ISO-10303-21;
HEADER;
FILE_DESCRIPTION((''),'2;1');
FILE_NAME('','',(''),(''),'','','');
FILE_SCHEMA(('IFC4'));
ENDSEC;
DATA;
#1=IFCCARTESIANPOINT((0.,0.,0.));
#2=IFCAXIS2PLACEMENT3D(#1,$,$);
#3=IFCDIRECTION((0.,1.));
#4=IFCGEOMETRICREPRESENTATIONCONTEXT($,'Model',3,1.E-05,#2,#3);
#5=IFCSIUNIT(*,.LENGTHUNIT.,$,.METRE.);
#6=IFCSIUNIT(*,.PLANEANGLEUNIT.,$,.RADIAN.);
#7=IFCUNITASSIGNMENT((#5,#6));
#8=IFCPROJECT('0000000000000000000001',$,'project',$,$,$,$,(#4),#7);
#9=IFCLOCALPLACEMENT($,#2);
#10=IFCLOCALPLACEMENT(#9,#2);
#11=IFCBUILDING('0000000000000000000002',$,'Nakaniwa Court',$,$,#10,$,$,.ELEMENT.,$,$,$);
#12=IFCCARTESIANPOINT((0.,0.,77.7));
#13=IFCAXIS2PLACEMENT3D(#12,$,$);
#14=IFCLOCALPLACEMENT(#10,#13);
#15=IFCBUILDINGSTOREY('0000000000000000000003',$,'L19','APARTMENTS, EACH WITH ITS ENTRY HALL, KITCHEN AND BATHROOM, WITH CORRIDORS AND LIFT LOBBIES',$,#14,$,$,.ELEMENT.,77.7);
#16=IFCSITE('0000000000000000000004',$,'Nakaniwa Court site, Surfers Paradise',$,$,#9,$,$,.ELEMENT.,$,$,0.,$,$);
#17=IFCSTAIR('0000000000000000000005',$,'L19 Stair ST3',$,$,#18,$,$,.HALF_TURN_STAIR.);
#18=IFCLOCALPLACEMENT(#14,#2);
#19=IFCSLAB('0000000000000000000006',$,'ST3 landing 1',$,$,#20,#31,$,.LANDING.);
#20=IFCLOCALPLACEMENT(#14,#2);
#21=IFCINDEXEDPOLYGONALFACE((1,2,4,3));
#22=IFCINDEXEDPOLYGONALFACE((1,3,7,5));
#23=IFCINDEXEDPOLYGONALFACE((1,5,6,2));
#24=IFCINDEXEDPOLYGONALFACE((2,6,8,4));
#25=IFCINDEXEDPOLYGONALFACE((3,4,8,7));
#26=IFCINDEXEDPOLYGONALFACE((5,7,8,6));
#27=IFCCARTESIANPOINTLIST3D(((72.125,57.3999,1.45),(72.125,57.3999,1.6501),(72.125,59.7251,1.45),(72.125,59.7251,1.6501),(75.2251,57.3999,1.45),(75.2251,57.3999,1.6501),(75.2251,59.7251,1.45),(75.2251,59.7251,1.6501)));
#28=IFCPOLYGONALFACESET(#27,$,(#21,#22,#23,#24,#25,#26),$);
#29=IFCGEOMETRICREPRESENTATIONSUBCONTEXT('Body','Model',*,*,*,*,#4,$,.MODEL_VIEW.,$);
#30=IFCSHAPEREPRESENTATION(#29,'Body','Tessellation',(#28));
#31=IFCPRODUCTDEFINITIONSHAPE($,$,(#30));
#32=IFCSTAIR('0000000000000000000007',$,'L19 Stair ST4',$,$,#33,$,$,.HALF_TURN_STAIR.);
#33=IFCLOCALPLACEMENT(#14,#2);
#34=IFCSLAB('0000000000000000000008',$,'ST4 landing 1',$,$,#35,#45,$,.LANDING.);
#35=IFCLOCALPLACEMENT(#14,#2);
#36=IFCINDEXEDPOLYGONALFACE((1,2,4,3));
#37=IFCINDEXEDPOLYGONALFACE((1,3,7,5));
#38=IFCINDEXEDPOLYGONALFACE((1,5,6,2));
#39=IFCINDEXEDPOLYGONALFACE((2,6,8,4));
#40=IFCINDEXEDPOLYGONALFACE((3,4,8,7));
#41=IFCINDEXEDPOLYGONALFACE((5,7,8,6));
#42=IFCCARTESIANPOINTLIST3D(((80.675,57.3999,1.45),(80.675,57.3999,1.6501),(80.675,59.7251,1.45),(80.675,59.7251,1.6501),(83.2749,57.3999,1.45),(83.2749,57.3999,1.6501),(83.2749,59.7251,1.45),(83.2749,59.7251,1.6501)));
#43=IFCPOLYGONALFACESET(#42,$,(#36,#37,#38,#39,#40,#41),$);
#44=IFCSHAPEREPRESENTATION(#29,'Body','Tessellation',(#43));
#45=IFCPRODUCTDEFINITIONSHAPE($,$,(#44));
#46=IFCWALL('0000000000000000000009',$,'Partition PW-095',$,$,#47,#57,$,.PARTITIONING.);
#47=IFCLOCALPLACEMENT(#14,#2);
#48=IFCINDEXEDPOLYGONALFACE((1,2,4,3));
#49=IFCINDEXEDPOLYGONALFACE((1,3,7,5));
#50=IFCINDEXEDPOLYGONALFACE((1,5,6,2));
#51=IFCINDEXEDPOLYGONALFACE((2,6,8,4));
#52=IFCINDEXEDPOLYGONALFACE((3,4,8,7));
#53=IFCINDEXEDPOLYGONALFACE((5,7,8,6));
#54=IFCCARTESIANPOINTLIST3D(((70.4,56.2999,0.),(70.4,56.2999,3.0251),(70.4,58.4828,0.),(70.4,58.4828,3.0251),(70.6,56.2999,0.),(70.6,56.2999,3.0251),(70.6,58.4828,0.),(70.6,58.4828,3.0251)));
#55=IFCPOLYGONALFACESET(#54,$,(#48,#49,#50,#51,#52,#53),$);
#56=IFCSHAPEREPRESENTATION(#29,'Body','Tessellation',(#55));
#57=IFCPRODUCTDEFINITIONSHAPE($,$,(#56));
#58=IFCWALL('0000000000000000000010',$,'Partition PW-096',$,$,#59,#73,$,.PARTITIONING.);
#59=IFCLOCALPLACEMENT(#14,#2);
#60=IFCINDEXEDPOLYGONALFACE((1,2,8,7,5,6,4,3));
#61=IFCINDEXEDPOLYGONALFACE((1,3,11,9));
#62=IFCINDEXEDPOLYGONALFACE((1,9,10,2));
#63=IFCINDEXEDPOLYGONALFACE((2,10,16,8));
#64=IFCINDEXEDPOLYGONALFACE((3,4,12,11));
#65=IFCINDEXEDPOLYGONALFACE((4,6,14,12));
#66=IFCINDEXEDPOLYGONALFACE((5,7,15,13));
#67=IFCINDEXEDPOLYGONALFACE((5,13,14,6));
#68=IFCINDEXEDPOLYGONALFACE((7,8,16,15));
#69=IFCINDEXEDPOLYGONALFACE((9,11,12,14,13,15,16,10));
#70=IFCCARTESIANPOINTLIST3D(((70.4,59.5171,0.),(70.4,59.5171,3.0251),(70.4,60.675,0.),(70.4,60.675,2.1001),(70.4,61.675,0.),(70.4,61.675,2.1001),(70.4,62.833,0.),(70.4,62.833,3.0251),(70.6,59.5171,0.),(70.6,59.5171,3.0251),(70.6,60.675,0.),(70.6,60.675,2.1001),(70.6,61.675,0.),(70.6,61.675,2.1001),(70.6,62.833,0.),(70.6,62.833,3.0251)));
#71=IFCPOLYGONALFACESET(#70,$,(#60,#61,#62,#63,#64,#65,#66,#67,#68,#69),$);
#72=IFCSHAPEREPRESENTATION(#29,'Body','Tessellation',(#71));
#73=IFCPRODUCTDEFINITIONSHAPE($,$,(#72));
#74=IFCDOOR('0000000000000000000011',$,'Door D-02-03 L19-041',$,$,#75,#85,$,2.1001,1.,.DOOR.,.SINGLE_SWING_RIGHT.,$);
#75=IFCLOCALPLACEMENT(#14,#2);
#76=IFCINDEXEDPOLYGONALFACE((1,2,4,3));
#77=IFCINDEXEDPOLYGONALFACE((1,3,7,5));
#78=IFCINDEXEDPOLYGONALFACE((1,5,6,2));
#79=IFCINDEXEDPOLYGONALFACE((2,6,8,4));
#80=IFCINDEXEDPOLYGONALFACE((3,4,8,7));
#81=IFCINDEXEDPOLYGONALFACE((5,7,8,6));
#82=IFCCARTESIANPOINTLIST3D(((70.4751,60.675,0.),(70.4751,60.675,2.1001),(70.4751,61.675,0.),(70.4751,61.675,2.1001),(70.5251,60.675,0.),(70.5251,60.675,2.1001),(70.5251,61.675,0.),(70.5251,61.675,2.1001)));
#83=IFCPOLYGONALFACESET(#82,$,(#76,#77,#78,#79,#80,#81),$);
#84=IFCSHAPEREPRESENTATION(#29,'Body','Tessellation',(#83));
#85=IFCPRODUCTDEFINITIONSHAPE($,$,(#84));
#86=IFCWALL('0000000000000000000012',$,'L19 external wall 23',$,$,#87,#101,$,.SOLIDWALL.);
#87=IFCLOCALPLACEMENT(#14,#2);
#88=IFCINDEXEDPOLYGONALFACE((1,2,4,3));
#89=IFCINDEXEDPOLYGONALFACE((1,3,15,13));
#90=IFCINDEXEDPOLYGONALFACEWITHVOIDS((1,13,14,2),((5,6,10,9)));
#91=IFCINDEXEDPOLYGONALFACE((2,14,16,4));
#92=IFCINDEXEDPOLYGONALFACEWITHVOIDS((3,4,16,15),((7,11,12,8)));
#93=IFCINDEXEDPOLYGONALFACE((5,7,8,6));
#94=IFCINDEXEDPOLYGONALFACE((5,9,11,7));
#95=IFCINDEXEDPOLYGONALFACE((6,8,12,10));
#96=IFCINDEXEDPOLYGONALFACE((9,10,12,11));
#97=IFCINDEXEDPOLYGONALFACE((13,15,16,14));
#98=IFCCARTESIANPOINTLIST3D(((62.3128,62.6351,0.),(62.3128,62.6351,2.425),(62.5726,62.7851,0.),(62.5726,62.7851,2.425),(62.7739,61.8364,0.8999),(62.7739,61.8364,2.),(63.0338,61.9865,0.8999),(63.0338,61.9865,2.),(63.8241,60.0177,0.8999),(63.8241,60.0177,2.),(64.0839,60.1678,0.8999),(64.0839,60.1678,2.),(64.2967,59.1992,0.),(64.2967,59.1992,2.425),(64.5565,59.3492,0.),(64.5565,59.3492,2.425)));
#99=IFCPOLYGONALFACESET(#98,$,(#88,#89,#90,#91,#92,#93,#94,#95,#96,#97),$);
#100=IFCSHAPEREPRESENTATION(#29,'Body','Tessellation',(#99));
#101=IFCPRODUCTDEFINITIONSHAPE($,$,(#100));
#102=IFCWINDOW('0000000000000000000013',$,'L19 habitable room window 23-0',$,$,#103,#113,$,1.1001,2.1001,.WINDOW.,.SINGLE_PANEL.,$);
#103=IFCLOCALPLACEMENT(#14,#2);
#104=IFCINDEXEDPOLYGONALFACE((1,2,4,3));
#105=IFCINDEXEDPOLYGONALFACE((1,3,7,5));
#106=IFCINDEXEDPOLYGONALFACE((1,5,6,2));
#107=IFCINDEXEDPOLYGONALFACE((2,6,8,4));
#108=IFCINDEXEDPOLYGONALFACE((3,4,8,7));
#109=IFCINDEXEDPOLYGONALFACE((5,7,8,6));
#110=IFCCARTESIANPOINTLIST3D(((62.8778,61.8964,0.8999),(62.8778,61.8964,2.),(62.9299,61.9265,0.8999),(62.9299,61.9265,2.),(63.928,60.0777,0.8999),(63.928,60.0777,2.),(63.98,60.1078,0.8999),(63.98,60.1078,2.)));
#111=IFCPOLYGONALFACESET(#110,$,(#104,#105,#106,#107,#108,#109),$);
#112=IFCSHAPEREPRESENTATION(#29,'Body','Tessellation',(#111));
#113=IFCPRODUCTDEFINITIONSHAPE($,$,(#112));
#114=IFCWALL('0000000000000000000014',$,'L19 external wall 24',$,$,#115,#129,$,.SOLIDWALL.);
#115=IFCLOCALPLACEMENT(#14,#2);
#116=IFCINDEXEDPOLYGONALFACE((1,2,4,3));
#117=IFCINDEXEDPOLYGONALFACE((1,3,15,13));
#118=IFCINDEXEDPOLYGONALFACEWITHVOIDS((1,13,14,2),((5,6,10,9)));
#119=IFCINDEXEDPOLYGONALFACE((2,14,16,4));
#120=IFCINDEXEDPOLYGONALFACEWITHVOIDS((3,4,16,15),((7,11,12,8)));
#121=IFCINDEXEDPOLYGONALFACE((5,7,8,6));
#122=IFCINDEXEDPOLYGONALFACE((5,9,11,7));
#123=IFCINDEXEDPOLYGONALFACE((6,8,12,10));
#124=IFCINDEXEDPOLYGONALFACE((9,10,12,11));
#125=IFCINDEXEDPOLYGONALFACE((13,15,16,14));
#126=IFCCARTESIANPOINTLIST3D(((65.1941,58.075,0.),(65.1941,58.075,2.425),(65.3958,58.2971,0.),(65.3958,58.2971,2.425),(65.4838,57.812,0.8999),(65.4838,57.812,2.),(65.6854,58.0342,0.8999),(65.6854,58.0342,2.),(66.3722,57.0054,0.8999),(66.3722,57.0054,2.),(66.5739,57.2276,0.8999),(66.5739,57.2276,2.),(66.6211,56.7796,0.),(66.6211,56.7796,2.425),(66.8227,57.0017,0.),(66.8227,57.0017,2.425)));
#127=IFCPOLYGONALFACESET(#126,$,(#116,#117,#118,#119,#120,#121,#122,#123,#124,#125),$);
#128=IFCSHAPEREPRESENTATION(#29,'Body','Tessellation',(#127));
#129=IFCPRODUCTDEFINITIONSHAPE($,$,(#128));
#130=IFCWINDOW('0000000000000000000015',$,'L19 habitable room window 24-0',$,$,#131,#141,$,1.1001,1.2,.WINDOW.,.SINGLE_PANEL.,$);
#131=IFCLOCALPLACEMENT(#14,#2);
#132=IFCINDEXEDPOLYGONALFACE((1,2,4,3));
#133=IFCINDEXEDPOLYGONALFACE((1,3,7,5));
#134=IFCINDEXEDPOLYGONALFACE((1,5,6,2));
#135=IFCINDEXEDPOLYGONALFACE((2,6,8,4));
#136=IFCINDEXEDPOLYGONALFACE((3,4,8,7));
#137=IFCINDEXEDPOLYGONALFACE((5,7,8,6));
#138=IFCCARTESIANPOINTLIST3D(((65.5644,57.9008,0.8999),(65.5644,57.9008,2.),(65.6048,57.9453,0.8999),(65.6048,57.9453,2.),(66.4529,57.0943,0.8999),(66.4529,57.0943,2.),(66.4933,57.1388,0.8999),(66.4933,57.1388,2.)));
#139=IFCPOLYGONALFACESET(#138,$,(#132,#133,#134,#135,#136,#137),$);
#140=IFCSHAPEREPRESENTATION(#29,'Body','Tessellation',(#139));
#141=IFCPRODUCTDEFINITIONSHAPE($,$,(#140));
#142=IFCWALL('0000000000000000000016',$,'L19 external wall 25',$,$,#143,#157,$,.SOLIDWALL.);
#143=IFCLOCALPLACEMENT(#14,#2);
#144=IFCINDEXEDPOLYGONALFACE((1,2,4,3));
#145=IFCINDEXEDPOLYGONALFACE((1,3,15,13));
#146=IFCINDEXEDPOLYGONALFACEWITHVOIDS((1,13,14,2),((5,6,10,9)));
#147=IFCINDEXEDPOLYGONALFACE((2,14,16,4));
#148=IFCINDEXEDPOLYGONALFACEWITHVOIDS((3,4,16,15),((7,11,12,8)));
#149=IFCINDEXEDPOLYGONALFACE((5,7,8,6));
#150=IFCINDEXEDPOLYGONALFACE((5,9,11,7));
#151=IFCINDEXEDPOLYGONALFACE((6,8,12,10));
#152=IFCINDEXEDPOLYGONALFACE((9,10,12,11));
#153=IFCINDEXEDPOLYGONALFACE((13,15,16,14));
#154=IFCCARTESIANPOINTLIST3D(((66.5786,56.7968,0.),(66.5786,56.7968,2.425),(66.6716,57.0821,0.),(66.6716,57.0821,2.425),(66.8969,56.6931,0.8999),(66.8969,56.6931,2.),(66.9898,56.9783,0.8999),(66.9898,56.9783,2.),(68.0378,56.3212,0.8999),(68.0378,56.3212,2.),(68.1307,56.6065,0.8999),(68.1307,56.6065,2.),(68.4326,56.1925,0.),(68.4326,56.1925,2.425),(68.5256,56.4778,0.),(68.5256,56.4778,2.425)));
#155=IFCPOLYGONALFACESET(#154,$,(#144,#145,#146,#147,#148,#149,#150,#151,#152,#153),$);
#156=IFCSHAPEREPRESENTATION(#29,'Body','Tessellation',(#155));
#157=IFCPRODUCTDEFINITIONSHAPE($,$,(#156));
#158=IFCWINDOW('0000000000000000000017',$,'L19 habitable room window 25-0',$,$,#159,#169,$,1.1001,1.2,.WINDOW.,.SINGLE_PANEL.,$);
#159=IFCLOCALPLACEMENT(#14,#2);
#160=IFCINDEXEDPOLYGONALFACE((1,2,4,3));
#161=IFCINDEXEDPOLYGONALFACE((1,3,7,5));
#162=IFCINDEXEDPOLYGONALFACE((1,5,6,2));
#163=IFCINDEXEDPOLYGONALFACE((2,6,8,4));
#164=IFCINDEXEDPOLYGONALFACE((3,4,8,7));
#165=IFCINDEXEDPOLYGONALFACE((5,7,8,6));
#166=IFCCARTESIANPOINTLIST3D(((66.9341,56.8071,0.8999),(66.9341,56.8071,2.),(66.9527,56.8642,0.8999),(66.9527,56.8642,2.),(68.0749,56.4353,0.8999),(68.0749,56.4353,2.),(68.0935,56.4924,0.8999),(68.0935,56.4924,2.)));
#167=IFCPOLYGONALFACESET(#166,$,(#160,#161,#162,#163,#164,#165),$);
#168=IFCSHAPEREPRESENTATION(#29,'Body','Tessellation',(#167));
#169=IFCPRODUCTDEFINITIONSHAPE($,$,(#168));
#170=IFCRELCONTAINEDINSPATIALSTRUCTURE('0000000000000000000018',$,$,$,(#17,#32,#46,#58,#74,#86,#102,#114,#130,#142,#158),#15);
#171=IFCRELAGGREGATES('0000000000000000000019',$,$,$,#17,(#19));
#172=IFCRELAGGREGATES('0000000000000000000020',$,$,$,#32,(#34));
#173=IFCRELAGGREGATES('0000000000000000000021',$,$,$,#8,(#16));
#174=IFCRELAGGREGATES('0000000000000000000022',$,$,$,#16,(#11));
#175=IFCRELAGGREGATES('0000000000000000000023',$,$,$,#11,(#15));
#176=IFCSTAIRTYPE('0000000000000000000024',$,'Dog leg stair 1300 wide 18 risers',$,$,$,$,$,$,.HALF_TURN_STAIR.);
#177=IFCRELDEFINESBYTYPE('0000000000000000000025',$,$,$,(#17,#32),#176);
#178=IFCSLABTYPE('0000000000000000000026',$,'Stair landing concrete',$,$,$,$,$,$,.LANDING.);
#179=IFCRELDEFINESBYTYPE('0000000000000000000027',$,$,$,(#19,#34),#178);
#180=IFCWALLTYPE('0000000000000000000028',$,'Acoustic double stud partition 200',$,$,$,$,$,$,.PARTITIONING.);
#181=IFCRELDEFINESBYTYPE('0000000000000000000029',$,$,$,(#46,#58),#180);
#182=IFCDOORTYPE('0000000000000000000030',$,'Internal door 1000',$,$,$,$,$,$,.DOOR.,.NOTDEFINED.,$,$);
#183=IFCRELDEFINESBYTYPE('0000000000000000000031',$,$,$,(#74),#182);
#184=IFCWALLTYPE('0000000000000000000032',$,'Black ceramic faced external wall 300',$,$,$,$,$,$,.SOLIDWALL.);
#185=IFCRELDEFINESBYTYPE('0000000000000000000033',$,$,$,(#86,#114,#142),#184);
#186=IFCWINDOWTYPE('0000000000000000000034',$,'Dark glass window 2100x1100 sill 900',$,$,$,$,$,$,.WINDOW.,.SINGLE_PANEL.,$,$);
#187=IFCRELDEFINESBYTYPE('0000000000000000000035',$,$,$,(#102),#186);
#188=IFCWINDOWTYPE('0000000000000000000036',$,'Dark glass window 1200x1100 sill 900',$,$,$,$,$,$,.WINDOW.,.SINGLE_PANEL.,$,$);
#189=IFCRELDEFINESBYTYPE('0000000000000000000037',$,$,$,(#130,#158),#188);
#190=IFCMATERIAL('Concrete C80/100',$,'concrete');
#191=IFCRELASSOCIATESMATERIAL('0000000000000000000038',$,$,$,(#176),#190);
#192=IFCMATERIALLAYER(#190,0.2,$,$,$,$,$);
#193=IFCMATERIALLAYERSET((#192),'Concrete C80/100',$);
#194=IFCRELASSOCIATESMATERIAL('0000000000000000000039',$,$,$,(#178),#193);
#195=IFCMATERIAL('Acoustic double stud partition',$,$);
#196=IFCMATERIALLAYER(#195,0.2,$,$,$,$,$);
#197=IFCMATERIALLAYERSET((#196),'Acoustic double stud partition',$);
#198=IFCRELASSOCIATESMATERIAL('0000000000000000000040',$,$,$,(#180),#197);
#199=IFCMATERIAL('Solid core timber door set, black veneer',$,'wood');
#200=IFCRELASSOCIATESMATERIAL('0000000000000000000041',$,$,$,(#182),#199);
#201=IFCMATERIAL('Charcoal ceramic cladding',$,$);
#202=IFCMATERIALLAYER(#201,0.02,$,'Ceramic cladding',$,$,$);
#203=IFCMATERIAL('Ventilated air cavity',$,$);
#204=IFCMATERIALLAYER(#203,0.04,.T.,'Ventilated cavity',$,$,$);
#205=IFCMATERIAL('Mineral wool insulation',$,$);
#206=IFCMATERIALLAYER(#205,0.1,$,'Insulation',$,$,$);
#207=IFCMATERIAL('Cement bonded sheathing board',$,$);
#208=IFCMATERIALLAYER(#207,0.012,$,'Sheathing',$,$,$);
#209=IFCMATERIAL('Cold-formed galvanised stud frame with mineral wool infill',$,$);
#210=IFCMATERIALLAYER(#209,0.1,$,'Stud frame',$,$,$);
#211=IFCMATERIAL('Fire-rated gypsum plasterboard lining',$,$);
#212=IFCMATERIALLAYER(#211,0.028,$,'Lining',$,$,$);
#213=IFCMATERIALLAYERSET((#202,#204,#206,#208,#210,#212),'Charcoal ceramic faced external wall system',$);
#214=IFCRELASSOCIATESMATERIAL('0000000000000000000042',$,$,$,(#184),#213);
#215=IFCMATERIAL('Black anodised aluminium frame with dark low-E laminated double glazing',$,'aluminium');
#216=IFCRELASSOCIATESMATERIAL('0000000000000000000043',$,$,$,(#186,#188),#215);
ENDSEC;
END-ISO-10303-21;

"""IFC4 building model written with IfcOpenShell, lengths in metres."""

from ifc_helpers import new_model, si_unit, direction, frame, frame_2d, origin, place, context, subcontext, project, spatial, polyline, rectangle, outline, extrude, material, layer, layer_set, type_object, element, fill, aggregate, save


model = new_model("IFC4")

# Units and contexts
model_context = context("Model", 3, precision=1e-05, world=origin(), true_north=direction((0.0, 1.0)))
body_context = subcontext(model_context, "Body", "Model", "MODEL_VIEW")
ifc_project = project(units=[si_unit("LENGTHUNIT", "METRE"), si_unit("PLANEANGLEUNIT", "RADIAN")], contexts=[model_context])

# Site, building, storey
site_placement = place(None, origin())
site = spatial("IfcSite", under=ifc_project, at=site_placement, Name="Nakaniwa Court site, Surfers Paradise", CompositionType="ELEMENT", RefElevation=0.0)
building_placement = place(site_placement, origin())
building = spatial("IfcBuilding", under=site, at=building_placement, Name="Nakaniwa Court", CompositionType="ELEMENT")
storey_placement = place(building_placement, frame((0.0, 0.0, 77.7)))
storey = spatial("IfcBuildingStorey", under=building, at=storey_placement, Name="L19", Description="APARTMENTS, EACH WITH ITS ENTRY HALL, KITCHEN AND BATHROOM, WITH CORRIDORS AND LIFT LOBBIES", CompositionType="ELEMENT", Elevation=77.7)

# Shared definitions
ifc_material_1 = material(Name="Concrete C80/100", Category="concrete")

# Stairs, slabs
stair_type = type_object("IfcStairType", Name="Dog leg stair 1300 wide 18 risers", PredefinedType="HALF_TURN_STAIR", material=ifc_material_1)
ifc_layer_1 = layer(ifc_material_1, 0.2)
ifc_layer_set_1 = layer_set([ifc_layer_1], Name="Concrete C80/100")
slab_type_1 = type_object("IfcSlabType", Name="Stair landing concrete", PredefinedType="LANDING", material=ifc_layer_set_1)
stair_1_placement = place(storey_placement, origin())
stair_1 = element("IfcStair", 1, at=stair_1_placement, inside=storey, type_object=stair_type, Name="L19 Stair ST3", PredefinedType="HALF_TURN_STAIR")
slab_1_placement = place(storey_placement, frame((0.0, 0.0, 1.45)))
slab_1 = element("IfcSlab", 2, at=slab_1_placement, type_object=slab_type_1, Name="ST3 landing 1", PredefinedType="LANDING", context=body_context, shape_type="SweptSolid", body=[
    extrude(outline(polyline([(75.2251, 57.3999), (75.2251, 59.7251), (72.125, 59.7251), (72.125, 57.3999), (75.2251, 57.3999)])), origin(), (0.0, 0.0, 1.0), 0.2002),
])
aggregate(stair_1, [slab_1])
stair_2_placement = place(storey_placement, origin())
stair_2 = element("IfcStair", 3, at=stair_2_placement, inside=storey, type_object=stair_type, Name="L19 Stair ST4", PredefinedType="HALF_TURN_STAIR")
slab_2_placement = place(storey_placement, frame((0.0, 0.0, 1.45)))
slab_2 = element("IfcSlab", 4, at=slab_2_placement, type_object=slab_type_1, Name="ST4 landing 1", PredefinedType="LANDING", context=body_context, shape_type="SweptSolid", body=[
    extrude(outline(polyline([(83.2749, 57.3999), (83.2749, 59.7251), (80.675, 59.7251), (80.675, 57.3999), (83.2749, 57.3999)])), origin(), (0.0, 0.0, 1.0), 0.2002),
])
aggregate(stair_2, [slab_2])

# Wall
ifc_material_2 = material(Name="Acoustic double stud partition")
ifc_layer_2 = layer(ifc_material_2, 0.2)
ifc_layer_set_2 = layer_set([ifc_layer_2], Name="Acoustic double stud partition")
wall_type_1 = type_object("IfcWallType", Name="Acoustic double stud partition 200", PredefinedType="PARTITIONING", material=ifc_layer_set_2)
wall_1_placement = place(storey_placement, frame((70.5, 56.3, 0.0), z_axis=(0.0, 0.0, 1.0), x_axis=(0.0, 1.0, 0.0)))
element("IfcWall", 5, at=wall_1_placement, inside=storey, type_object=wall_type_1, Name="Partition PW-095", PredefinedType="PARTITIONING", context=body_context, shape_type="SweptSolid", body=[
    extrude(rectangle(XDim=2.1829, YDim=0.2, at=frame_2d((1.0913, 0.0))), origin(), (0.0, 0.0, 1.0), 3.0251),
])

# Wall, opening, door
wall_2_placement = place(storey_placement, frame((70.5, 59.5171, 0.0), z_axis=(0.0, 0.0, 1.0), x_axis=(0.0, 1.0, 0.0)))
wall_2 = element("IfcWall", 6, at=wall_2_placement, inside=storey, type_object=wall_type_1, Name="Partition PW-096", PredefinedType="PARTITIONING", context=body_context, shape_type="SweptSolid", body=[
    extrude(rectangle(XDim=3.3159, YDim=0.2, at=frame_2d((1.658, 0.0))), origin(), (0.0, 0.0, 1.0), 3.0251),
])
opening_1_placement = place(wall_2_placement, frame((1.158, 0.0, 0.0)))
opening_1 = element("IfcOpeningElement", 7, at=opening_1_placement, cuts=wall_2, PredefinedType="OPENING", context=body_context, shape_type="SweptSolid", body=[
    extrude(rectangle(XDim=1.0, YDim=2.1001, at=frame_2d((0.5, 1.05))), frame((0.0, 0.1099, 0.0), z_axis=(0.0, -1.0, 0.0), x_axis=(1.0, 0.0, 0.0)), (0.0, 0.0, 1.0), 0.22),
])
ifc_material_3 = material(Name="Solid core timber door set, black veneer", Category="wood")
door_type = type_object("IfcDoorType", Name="Internal door 1000", OperationType="NOTDEFINED", PredefinedType="DOOR", material=ifc_material_3)
door_placement = place(opening_1_placement, origin())
door = element("IfcDoor", 8, at=door_placement, inside=storey, type_object=door_type, Name="Door D-02-03 L19-041", OperationType="SINGLE_SWING_RIGHT", OverallHeight=2.1001, OverallWidth=1.0, PredefinedType="DOOR", context=body_context, shape_type="SweptSolid", body=[
    extrude(rectangle(XDim=1.0, YDim=2.1001, at=frame_2d((0.5, 1.05))), frame((0.0, 0.0249, 0.0), z_axis=(0.0, -1.0, 0.0), x_axis=(1.0, 0.0, 0.0)), (0.0, 0.0, 1.0), 0.05),
])
fill(opening_1, door)

# Walls, openings, windows
ifc_material_4 = material(Name="Charcoal ceramic cladding")
ifc_layer_3 = layer(ifc_material_4, 0.02, Name="Ceramic cladding")
ifc_material_5 = material(Name="Ventilated air cavity")
ifc_layer_4 = layer(ifc_material_5, 0.04, ventilated=True, Name="Ventilated cavity")
ifc_material_6 = material(Name="Mineral wool insulation")
ifc_layer_5 = layer(ifc_material_6, 0.1, Name="Insulation")
ifc_material_7 = material(Name="Cement bonded sheathing board")
ifc_layer_6 = layer(ifc_material_7, 0.012, Name="Sheathing")
ifc_material_8 = material(Name="Cold-formed galvanised stud frame with mineral wool infill")
ifc_layer_7 = layer(ifc_material_8, 0.1, Name="Stud frame")
ifc_material_9 = material(Name="Fire-rated gypsum plasterboard lining")
ifc_layer_8 = layer(ifc_material_9, 0.028, Name="Lining")
ifc_layer_set_3 = layer_set([ifc_layer_3, ifc_layer_4, ifc_layer_5, ifc_layer_6, ifc_layer_7, ifc_layer_8], Name="Charcoal ceramic faced external wall system")
wall_type_2 = type_object("IfcWallType", Name="Black ceramic faced external wall 300", PredefinedType="SOLIDWALL", material=ifc_layer_set_3)
wall_3_placement = place(storey_placement, frame((62.4426, 62.7102, 0.0), z_axis=(0.0, 0.0, 1.0), x_axis=(0.500044, -0.866, 0.0)))
wall_3 = element("IfcWall", 9, at=wall_3_placement, inside=storey, type_object=wall_type_2, Name="L19 external wall 23", PredefinedType="SOLIDWALL", context=body_context, shape_type="SweptSolid", body=[
    extrude(rectangle(XDim=3.9675, YDim=0.3, at=frame_2d((1.9839, 0.0))), origin(), (0.0, 0.0, 1.0), 2.425),
])
opening_2_placement = place(wall_3_placement, frame((0.9224, 0.0, 0.8999)))
opening_2 = element("IfcOpeningElement", 10, at=opening_2_placement, cuts=wall_3, PredefinedType="OPENING", context=body_context, shape_type="SweptSolid", body=[
    extrude(rectangle(XDim=2.1001, YDim=1.1001, at=frame_2d((1.05, 0.55))), frame((0.0, 0.1599, 0.0), z_axis=(0.0, -1.0, 0.0), x_axis=(1.0, 0.0, 0.0)), (0.0, 0.0, 1.0), 0.3201),
])
ifc_material_10 = material(Name="Black anodised aluminium frame with dark low-E laminated double glazing", Category="aluminium")
window_type_1 = type_object("IfcWindowType", Name="Dark glass window 2100x1100 sill 900", PartitioningType="SINGLE_PANEL", PredefinedType="WINDOW", material=ifc_material_10)
window_1_placement = place(opening_2_placement, origin())
window_1 = element("IfcWindow", 11, at=window_1_placement, inside=storey, type_object=window_type_1, Name="L19 habitable room window 23-0", OverallHeight=1.1001, OverallWidth=2.1001, PartitioningType="SINGLE_PANEL", PredefinedType="WINDOW", context=body_context, shape_type="SweptSolid", body=[
    extrude(rectangle(XDim=2.1001, YDim=1.1001, at=frame_2d((1.05, 0.55))), frame((0.0, 0.03, 0.0), z_axis=(0.0, -1.0, 0.0), x_axis=(1.0, 0.0, 0.0)), (0.0, 0.0, 1.0), 0.0601),
])
fill(opening_2, window_1)
wall_4_placement = place(storey_placement, frame((65.2949, 58.186, 0.0), z_axis=(0.0, 0.0, 1.0), x_axis=(0.740421, -0.672143, 0.0)))
wall_4 = element("IfcWall", 12, at=wall_4_placement, inside=storey, type_object=wall_type_2, Name="L19 external wall 24", PredefinedType="SOLIDWALL", context=body_context, shape_type="SweptSolid", body=[
    extrude(rectangle(XDim=1.9272, YDim=0.3, at=frame_2d((0.9636, 0.0))), origin(), (0.0, 0.0, 1.0), 2.425),
])
opening_3_placement = place(wall_4_placement, frame((0.3911, 0.0, 0.8999)))
opening_3 = element("IfcOpeningElement", 13, at=opening_3_placement, cuts=wall_4, PredefinedType="OPENING", context=body_context, shape_type="SweptSolid", body=[
    extrude(rectangle(XDim=1.2, YDim=1.1001, at=frame_2d((0.6001, 0.55))), frame((0.0, 0.1599, 0.0), z_axis=(0.0, -1.0, 0.0), x_axis=(1.0, 0.0, 0.0)), (0.0, 0.0, 1.0), 0.3201),
])
window_type_2 = type_object("IfcWindowType", Name="Dark glass window 1200x1100 sill 900", PartitioningType="SINGLE_PANEL", PredefinedType="WINDOW", material=ifc_material_10)
window_2_placement = place(opening_3_placement, origin())
window_2 = element("IfcWindow", 14, at=window_2_placement, inside=storey, type_object=window_type_2, Name="L19 habitable room window 24-0", OverallHeight=1.1001, OverallWidth=1.2, PartitioningType="SINGLE_PANEL", PredefinedType="WINDOW", context=body_context, shape_type="SweptSolid", body=[
    extrude(rectangle(XDim=1.2, YDim=1.1001, at=frame_2d((0.6001, 0.55))), frame((0.0, 0.03, 0.0), z_axis=(0.0, -1.0, 0.0), x_axis=(1.0, 0.0, 0.0)), (0.0, 0.0, 1.0), 0.0601),
])
fill(opening_3, window_2)
wall_5_placement = place(storey_placement, frame((66.625, 56.9395, 0.0), z_axis=(0.0, 0.0, 1.0), x_axis=(0.950778, -0.309873, 0.0)))
wall_5 = element("IfcWall", 15, at=wall_5_placement, inside=storey, type_object=wall_type_2, Name="L19 external wall 25", PredefinedType="SOLIDWALL", context=body_context, shape_type="SweptSolid", body=[
    extrude(rectangle(XDim=1.95, YDim=0.3, at=frame_2d((0.9751, 0.0))), origin(), (0.0, 0.0, 1.0), 2.425),
])
opening_4_placement = place(wall_5_placement, frame((0.3347, 0.0, 0.8999)))
opening_4 = element("IfcOpeningElement", 16, at=opening_4_placement, cuts=wall_5, PredefinedType="OPENING", context=body_context, shape_type="SweptSolid", body=[
    extrude(rectangle(XDim=1.2, YDim=1.1001, at=frame_2d((0.6001, 0.55))), frame((0.0, 0.1599, 0.0), z_axis=(0.0, -1.0, 0.0), x_axis=(1.0, 0.0, 0.0)), (0.0, 0.0, 1.0), 0.3201),
])
window_3_placement = place(opening_4_placement, origin())
window_3 = element("IfcWindow", 17, at=window_3_placement, inside=storey, type_object=window_type_2, Name="L19 habitable room window 25-0", OverallHeight=1.1001, OverallWidth=1.2, PartitioningType="SINGLE_PANEL", PredefinedType="WINDOW", context=body_context, shape_type="SweptSolid", body=[
    extrude(rectangle(XDim=1.2, YDim=1.1001, at=frame_2d((0.6001, 0.55))), frame((0.0, 0.03, 0.0), z_axis=(0.0, -1.0, 0.0), x_axis=(1.0, 0.0, 0.0)), (0.0, 0.0, 1.0), 0.0601),
])
fill(opening_4, window_3)

save(model, "model.ifc")
